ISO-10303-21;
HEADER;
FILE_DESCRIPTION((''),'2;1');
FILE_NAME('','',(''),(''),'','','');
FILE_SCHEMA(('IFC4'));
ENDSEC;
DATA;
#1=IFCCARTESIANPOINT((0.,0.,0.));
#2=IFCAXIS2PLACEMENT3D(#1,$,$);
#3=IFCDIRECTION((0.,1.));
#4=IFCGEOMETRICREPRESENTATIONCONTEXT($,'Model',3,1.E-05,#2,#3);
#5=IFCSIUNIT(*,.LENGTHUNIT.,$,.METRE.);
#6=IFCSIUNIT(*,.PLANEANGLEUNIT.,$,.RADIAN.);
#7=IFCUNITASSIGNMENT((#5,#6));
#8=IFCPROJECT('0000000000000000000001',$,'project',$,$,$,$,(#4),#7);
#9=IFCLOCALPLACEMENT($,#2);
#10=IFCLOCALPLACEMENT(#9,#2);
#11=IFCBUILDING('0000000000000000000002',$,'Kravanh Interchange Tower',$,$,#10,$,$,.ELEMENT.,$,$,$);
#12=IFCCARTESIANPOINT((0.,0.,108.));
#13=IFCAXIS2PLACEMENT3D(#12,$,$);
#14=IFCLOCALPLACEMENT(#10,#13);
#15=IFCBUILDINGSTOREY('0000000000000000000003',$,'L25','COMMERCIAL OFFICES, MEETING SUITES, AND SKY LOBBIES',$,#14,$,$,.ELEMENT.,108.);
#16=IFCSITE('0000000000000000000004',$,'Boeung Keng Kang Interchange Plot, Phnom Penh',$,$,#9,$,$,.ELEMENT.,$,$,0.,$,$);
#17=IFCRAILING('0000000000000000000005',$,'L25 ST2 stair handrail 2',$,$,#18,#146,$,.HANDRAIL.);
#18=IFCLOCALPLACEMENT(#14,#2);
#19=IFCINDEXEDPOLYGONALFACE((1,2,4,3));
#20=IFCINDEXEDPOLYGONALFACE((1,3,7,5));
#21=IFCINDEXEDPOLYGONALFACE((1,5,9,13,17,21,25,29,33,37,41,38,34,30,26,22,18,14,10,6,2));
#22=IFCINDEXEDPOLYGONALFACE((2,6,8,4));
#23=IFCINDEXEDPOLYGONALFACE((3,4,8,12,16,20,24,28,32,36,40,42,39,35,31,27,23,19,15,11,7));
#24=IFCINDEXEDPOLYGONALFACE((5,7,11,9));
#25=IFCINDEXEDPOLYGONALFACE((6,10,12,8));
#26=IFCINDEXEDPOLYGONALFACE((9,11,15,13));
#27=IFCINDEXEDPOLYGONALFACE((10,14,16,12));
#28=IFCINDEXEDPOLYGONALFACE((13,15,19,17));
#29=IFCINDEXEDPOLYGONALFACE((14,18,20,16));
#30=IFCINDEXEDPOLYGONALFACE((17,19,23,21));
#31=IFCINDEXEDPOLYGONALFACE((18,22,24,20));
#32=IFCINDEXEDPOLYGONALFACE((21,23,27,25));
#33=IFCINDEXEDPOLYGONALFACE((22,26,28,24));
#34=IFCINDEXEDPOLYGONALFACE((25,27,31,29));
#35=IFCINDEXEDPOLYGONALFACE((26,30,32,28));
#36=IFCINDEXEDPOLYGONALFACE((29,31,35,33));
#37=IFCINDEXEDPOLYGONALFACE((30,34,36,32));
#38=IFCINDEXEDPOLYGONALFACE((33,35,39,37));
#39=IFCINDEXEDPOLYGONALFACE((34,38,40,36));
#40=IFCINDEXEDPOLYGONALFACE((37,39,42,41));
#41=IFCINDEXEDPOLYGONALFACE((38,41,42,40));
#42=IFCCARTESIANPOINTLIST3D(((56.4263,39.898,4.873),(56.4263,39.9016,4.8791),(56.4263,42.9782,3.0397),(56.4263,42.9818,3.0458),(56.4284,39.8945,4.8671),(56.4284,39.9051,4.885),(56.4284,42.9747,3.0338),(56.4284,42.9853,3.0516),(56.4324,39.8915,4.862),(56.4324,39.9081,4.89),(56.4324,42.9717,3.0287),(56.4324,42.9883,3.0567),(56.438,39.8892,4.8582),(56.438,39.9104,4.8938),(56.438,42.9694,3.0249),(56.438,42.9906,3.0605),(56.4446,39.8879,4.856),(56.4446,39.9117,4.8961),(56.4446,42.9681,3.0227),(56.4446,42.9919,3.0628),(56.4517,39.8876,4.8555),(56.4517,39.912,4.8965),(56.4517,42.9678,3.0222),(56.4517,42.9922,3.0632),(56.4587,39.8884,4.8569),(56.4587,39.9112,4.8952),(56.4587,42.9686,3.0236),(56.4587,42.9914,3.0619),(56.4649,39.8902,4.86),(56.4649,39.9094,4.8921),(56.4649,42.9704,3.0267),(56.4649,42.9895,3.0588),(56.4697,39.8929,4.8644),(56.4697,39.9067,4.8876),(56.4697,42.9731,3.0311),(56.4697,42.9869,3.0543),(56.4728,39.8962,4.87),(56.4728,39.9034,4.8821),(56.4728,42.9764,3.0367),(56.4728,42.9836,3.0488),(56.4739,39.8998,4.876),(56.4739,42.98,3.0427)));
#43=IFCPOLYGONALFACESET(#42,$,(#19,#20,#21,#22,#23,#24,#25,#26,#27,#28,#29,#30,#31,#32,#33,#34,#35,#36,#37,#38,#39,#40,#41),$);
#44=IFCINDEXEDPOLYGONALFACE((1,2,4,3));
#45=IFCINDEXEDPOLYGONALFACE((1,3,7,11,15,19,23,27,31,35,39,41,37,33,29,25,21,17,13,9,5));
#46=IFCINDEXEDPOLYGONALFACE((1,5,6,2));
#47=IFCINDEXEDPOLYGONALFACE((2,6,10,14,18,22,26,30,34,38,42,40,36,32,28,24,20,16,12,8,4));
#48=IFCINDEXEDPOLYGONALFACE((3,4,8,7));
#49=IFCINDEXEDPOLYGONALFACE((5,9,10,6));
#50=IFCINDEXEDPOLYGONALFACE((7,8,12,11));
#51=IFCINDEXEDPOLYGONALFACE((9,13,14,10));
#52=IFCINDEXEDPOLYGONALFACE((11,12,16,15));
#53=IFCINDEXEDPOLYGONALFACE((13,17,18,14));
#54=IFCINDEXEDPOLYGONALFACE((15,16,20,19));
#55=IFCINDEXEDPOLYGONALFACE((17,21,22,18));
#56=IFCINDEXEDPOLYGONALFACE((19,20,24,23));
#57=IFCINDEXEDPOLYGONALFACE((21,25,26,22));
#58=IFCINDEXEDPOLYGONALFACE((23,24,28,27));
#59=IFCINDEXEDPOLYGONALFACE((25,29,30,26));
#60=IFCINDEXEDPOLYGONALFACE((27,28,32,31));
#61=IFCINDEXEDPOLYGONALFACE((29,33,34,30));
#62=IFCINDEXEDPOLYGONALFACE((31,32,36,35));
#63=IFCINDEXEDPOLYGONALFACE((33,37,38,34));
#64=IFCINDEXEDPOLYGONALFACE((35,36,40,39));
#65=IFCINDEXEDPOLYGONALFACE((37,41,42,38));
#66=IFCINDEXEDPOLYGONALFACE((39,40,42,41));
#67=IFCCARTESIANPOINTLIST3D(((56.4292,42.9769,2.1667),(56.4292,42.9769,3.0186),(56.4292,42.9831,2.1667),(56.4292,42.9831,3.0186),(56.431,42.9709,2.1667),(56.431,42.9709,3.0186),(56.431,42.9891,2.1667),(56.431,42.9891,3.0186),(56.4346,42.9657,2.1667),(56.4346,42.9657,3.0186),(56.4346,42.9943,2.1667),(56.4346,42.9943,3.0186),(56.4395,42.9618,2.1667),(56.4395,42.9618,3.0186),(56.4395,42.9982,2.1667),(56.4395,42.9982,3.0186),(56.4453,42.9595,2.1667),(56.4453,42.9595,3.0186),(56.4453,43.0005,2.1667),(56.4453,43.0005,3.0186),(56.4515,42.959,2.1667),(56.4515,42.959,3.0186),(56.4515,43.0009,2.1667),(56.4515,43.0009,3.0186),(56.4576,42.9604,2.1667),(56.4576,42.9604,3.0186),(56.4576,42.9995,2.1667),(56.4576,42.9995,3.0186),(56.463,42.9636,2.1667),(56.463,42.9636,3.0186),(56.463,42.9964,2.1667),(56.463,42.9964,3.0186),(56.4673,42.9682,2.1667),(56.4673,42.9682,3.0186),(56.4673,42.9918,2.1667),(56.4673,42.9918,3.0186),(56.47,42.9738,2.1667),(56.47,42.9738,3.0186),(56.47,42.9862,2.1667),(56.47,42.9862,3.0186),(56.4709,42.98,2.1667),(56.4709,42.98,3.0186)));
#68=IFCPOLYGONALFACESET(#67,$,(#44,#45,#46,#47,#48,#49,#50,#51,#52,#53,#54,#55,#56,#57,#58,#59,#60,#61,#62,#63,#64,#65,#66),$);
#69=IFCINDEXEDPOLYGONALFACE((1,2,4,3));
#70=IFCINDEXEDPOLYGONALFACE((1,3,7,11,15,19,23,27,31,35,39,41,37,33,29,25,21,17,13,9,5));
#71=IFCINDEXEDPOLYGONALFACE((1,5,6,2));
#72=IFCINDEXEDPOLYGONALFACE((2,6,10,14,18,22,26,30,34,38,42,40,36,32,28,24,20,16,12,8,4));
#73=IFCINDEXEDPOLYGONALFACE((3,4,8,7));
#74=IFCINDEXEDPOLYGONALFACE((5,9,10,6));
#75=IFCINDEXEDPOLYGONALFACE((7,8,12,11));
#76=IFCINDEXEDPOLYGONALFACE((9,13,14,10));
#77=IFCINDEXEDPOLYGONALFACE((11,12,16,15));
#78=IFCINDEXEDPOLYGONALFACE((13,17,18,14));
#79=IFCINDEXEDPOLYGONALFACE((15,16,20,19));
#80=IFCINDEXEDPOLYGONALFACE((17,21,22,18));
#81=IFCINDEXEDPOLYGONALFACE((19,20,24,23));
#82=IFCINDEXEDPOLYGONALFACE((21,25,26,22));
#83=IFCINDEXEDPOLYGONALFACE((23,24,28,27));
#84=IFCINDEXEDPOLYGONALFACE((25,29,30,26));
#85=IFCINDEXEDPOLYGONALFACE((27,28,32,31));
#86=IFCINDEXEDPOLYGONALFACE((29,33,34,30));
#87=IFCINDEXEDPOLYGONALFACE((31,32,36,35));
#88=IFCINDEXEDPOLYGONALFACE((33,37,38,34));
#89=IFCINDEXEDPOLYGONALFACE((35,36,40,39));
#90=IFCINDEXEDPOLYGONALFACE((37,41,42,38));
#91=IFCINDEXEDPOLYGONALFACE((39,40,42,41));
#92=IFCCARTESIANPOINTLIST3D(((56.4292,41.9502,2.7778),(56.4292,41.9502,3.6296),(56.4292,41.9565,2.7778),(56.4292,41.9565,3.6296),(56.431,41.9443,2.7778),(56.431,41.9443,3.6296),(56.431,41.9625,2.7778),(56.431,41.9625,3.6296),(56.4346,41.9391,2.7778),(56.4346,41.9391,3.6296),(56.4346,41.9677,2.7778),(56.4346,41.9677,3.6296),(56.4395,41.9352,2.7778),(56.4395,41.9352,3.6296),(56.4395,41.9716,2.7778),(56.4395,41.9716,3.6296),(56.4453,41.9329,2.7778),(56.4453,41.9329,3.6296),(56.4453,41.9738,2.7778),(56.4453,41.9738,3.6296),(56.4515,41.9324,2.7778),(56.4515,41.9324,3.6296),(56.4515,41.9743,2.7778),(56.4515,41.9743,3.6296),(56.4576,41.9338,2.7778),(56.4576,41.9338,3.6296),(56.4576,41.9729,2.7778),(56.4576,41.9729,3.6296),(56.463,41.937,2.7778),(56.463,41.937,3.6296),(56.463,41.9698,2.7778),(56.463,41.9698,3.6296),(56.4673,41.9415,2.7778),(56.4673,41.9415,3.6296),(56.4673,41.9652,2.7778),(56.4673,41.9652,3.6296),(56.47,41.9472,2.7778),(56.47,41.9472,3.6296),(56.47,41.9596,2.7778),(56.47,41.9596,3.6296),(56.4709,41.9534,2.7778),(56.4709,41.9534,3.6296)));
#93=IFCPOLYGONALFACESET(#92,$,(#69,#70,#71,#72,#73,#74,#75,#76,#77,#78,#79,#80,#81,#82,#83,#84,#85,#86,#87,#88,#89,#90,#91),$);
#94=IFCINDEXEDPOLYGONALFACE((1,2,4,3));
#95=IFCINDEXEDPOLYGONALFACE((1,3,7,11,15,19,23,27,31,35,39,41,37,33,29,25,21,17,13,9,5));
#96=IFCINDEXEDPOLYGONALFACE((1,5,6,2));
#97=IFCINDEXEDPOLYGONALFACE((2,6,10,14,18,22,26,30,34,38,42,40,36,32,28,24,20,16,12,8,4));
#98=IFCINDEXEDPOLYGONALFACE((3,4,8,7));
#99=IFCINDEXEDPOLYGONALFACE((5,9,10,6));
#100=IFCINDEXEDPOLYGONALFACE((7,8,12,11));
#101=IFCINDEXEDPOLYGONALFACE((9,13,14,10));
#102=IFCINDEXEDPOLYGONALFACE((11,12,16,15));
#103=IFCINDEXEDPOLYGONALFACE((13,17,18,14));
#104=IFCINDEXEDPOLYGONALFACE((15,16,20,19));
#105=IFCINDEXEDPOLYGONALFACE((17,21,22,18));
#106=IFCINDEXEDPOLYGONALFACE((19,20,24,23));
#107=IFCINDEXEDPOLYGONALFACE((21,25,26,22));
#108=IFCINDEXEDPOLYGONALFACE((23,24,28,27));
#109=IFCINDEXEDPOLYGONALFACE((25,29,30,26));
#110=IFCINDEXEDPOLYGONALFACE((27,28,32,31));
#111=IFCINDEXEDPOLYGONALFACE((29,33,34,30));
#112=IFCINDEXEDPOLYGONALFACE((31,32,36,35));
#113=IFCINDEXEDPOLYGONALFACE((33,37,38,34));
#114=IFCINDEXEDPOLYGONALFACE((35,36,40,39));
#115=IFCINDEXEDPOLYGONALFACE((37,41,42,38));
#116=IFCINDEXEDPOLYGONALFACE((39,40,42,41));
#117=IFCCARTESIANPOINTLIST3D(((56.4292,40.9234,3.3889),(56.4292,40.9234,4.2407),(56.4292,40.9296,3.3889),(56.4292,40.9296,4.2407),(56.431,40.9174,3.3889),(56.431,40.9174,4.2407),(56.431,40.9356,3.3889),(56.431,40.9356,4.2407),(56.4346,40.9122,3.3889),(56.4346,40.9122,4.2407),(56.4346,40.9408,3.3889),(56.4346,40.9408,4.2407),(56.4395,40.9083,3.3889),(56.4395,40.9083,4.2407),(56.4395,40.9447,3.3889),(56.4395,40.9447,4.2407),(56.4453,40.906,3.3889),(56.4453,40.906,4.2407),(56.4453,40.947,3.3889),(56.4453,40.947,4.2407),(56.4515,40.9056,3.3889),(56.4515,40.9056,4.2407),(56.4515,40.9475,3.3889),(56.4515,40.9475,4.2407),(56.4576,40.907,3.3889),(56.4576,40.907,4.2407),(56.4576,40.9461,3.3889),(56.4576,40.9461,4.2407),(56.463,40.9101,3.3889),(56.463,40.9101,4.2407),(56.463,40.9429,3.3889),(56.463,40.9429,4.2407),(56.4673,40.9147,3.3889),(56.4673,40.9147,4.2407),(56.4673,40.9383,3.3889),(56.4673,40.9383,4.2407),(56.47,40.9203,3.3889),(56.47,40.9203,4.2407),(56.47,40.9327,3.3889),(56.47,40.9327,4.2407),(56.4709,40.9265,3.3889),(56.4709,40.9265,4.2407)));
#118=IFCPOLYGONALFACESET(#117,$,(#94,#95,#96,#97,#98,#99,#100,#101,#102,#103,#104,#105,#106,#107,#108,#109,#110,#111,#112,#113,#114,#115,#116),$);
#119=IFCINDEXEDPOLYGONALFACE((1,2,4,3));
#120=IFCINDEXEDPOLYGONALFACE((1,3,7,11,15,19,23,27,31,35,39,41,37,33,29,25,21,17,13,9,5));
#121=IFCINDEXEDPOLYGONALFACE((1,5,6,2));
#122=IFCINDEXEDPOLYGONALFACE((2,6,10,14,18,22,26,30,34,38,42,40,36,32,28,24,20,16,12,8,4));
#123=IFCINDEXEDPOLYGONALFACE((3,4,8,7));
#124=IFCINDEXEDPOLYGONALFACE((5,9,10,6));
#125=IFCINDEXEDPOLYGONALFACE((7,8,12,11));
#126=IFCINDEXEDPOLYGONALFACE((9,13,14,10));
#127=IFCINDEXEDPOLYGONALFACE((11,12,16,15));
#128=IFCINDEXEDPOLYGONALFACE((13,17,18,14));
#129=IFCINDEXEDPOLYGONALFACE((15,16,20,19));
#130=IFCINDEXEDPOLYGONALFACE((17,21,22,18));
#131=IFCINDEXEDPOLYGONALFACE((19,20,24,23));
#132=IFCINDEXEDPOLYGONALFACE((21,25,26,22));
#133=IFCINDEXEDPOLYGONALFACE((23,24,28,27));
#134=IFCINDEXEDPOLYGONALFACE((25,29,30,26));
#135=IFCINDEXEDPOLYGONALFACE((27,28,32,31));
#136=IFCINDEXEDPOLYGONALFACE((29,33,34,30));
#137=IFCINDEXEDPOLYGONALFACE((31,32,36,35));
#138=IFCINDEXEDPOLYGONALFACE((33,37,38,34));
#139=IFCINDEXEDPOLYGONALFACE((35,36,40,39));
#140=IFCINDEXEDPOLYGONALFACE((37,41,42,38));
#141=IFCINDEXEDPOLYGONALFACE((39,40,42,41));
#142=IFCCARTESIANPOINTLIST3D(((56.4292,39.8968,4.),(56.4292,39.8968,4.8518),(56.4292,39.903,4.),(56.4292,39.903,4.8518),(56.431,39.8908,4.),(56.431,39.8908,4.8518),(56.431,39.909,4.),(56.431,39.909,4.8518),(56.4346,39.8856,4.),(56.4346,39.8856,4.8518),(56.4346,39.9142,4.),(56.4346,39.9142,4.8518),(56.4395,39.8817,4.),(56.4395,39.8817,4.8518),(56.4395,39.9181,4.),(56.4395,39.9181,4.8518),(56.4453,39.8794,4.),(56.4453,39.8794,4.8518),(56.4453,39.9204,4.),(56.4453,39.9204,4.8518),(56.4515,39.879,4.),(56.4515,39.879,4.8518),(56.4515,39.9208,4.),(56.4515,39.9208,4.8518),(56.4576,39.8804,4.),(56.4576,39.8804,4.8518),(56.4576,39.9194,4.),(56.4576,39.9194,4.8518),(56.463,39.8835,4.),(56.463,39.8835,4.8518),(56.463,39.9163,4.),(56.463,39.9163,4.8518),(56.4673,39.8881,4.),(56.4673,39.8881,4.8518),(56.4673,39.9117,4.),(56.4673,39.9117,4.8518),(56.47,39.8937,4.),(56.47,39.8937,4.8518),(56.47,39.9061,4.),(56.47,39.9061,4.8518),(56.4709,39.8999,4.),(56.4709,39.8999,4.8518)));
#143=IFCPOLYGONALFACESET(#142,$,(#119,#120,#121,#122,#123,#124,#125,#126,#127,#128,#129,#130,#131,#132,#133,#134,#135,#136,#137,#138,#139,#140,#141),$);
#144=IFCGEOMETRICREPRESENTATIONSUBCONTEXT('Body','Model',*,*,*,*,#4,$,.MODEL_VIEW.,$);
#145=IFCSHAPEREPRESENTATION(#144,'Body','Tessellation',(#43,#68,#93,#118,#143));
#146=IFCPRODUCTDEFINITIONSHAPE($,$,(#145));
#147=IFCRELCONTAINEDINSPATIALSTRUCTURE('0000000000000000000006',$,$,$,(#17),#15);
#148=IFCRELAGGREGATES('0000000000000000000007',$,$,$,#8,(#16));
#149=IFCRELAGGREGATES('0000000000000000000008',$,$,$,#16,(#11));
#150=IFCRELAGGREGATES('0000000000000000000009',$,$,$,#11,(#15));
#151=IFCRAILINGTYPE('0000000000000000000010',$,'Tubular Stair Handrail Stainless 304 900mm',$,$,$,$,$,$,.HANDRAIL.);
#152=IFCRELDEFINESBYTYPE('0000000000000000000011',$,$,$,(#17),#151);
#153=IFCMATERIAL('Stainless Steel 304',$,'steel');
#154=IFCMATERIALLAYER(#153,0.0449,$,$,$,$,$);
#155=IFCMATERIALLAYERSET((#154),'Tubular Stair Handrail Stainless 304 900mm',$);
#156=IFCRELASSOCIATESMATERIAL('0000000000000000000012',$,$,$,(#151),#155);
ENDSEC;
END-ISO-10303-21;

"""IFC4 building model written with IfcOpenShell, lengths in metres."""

from ifc_helpers import new_model, si_unit, direction, frame, origin, origin_2d, place, context, subcontext, project, spatial, circle, extrude, material, layer, layer_set, type_object, element, save


model = new_model("IFC4")

# Units and contexts
model_context = context("Model", 3, precision=1e-05, world=origin(), true_north=direction((0.0, 1.0)))
body_context = subcontext(model_context, "Body", "Model", "MODEL_VIEW")
ifc_project = project(units=[si_unit("LENGTHUNIT", "METRE"), si_unit("PLANEANGLEUNIT", "RADIAN")], contexts=[model_context])

# Site, building, storey
site_placement = place(None, origin())
site = spatial("IfcSite", under=ifc_project, at=site_placement, Name="Boeung Keng Kang Interchange Plot, Phnom Penh", CompositionType="ELEMENT", RefElevation=0.0)
building_placement = place(site_placement, origin())
building = spatial("IfcBuilding", under=site, at=building_placement, Name="Kravanh Interchange Tower", CompositionType="ELEMENT")
storey_placement = place(building_placement, frame((0.0, 0.0, 108.0)))
storey = spatial("IfcBuildingStorey", under=building, at=storey_placement, Name="L25", Description="COMMERCIAL OFFICES, MEETING SUITES, AND SKY LOBBIES", CompositionType="ELEMENT", Elevation=108.0)

# Railing
ifc_material_1 = material(Name="Stainless Steel 304", Category="steel")
ifc_layer_1 = layer(ifc_material_1, 0.0449)
ifc_layer_set_1 = layer_set([ifc_layer_1], Name="Tubular Stair Handrail Stainless 304 900mm")
railing_type_1 = type_object("IfcRailingType", Name="Tubular Stair Handrail Stainless 304 900mm", PredefinedType="HANDRAIL", material=ifc_layer_set_1)
railing_1_placement = place(storey_placement, frame((56.45, 42.98, 2.1667)))
element("IfcRailing", 1, at=railing_1_placement, inside=storey, type_object=railing_type_1, Name="L25 ST2 stair handrail 2", PredefinedType="HANDRAIL", context=body_context, shape_type="SweptSolid", body=[
    extrude(circle(Radius=0.0239, at=origin_2d()), frame((0.0, 0.0, 0.876), z_axis=(0.0, -0.859309, 0.511458), x_axis=(1.0, 0.0, 0.0)), (0.0, 0.0, 1.0), 3.5845),
    extrude(circle(Radius=0.021, at=origin_2d()), origin(), (0.0, 0.0, 1.0), 0.8518),
    extrude(circle(Radius=0.021, at=origin_2d()), frame((0.0, -1.0266, 0.6111)), (0.0, 0.0, 1.0), 0.8518),
    extrude(circle(Radius=0.021, at=origin_2d()), frame((0.0, -2.0535, 1.2222)), (0.0, 0.0, 1.0), 0.8518),
    extrude(circle(Radius=0.021, at=origin_2d()), frame((0.0, -3.0801, 1.8333)), (0.0, 0.0, 1.0), 0.8518),
])

save(model, "model.ifc")
